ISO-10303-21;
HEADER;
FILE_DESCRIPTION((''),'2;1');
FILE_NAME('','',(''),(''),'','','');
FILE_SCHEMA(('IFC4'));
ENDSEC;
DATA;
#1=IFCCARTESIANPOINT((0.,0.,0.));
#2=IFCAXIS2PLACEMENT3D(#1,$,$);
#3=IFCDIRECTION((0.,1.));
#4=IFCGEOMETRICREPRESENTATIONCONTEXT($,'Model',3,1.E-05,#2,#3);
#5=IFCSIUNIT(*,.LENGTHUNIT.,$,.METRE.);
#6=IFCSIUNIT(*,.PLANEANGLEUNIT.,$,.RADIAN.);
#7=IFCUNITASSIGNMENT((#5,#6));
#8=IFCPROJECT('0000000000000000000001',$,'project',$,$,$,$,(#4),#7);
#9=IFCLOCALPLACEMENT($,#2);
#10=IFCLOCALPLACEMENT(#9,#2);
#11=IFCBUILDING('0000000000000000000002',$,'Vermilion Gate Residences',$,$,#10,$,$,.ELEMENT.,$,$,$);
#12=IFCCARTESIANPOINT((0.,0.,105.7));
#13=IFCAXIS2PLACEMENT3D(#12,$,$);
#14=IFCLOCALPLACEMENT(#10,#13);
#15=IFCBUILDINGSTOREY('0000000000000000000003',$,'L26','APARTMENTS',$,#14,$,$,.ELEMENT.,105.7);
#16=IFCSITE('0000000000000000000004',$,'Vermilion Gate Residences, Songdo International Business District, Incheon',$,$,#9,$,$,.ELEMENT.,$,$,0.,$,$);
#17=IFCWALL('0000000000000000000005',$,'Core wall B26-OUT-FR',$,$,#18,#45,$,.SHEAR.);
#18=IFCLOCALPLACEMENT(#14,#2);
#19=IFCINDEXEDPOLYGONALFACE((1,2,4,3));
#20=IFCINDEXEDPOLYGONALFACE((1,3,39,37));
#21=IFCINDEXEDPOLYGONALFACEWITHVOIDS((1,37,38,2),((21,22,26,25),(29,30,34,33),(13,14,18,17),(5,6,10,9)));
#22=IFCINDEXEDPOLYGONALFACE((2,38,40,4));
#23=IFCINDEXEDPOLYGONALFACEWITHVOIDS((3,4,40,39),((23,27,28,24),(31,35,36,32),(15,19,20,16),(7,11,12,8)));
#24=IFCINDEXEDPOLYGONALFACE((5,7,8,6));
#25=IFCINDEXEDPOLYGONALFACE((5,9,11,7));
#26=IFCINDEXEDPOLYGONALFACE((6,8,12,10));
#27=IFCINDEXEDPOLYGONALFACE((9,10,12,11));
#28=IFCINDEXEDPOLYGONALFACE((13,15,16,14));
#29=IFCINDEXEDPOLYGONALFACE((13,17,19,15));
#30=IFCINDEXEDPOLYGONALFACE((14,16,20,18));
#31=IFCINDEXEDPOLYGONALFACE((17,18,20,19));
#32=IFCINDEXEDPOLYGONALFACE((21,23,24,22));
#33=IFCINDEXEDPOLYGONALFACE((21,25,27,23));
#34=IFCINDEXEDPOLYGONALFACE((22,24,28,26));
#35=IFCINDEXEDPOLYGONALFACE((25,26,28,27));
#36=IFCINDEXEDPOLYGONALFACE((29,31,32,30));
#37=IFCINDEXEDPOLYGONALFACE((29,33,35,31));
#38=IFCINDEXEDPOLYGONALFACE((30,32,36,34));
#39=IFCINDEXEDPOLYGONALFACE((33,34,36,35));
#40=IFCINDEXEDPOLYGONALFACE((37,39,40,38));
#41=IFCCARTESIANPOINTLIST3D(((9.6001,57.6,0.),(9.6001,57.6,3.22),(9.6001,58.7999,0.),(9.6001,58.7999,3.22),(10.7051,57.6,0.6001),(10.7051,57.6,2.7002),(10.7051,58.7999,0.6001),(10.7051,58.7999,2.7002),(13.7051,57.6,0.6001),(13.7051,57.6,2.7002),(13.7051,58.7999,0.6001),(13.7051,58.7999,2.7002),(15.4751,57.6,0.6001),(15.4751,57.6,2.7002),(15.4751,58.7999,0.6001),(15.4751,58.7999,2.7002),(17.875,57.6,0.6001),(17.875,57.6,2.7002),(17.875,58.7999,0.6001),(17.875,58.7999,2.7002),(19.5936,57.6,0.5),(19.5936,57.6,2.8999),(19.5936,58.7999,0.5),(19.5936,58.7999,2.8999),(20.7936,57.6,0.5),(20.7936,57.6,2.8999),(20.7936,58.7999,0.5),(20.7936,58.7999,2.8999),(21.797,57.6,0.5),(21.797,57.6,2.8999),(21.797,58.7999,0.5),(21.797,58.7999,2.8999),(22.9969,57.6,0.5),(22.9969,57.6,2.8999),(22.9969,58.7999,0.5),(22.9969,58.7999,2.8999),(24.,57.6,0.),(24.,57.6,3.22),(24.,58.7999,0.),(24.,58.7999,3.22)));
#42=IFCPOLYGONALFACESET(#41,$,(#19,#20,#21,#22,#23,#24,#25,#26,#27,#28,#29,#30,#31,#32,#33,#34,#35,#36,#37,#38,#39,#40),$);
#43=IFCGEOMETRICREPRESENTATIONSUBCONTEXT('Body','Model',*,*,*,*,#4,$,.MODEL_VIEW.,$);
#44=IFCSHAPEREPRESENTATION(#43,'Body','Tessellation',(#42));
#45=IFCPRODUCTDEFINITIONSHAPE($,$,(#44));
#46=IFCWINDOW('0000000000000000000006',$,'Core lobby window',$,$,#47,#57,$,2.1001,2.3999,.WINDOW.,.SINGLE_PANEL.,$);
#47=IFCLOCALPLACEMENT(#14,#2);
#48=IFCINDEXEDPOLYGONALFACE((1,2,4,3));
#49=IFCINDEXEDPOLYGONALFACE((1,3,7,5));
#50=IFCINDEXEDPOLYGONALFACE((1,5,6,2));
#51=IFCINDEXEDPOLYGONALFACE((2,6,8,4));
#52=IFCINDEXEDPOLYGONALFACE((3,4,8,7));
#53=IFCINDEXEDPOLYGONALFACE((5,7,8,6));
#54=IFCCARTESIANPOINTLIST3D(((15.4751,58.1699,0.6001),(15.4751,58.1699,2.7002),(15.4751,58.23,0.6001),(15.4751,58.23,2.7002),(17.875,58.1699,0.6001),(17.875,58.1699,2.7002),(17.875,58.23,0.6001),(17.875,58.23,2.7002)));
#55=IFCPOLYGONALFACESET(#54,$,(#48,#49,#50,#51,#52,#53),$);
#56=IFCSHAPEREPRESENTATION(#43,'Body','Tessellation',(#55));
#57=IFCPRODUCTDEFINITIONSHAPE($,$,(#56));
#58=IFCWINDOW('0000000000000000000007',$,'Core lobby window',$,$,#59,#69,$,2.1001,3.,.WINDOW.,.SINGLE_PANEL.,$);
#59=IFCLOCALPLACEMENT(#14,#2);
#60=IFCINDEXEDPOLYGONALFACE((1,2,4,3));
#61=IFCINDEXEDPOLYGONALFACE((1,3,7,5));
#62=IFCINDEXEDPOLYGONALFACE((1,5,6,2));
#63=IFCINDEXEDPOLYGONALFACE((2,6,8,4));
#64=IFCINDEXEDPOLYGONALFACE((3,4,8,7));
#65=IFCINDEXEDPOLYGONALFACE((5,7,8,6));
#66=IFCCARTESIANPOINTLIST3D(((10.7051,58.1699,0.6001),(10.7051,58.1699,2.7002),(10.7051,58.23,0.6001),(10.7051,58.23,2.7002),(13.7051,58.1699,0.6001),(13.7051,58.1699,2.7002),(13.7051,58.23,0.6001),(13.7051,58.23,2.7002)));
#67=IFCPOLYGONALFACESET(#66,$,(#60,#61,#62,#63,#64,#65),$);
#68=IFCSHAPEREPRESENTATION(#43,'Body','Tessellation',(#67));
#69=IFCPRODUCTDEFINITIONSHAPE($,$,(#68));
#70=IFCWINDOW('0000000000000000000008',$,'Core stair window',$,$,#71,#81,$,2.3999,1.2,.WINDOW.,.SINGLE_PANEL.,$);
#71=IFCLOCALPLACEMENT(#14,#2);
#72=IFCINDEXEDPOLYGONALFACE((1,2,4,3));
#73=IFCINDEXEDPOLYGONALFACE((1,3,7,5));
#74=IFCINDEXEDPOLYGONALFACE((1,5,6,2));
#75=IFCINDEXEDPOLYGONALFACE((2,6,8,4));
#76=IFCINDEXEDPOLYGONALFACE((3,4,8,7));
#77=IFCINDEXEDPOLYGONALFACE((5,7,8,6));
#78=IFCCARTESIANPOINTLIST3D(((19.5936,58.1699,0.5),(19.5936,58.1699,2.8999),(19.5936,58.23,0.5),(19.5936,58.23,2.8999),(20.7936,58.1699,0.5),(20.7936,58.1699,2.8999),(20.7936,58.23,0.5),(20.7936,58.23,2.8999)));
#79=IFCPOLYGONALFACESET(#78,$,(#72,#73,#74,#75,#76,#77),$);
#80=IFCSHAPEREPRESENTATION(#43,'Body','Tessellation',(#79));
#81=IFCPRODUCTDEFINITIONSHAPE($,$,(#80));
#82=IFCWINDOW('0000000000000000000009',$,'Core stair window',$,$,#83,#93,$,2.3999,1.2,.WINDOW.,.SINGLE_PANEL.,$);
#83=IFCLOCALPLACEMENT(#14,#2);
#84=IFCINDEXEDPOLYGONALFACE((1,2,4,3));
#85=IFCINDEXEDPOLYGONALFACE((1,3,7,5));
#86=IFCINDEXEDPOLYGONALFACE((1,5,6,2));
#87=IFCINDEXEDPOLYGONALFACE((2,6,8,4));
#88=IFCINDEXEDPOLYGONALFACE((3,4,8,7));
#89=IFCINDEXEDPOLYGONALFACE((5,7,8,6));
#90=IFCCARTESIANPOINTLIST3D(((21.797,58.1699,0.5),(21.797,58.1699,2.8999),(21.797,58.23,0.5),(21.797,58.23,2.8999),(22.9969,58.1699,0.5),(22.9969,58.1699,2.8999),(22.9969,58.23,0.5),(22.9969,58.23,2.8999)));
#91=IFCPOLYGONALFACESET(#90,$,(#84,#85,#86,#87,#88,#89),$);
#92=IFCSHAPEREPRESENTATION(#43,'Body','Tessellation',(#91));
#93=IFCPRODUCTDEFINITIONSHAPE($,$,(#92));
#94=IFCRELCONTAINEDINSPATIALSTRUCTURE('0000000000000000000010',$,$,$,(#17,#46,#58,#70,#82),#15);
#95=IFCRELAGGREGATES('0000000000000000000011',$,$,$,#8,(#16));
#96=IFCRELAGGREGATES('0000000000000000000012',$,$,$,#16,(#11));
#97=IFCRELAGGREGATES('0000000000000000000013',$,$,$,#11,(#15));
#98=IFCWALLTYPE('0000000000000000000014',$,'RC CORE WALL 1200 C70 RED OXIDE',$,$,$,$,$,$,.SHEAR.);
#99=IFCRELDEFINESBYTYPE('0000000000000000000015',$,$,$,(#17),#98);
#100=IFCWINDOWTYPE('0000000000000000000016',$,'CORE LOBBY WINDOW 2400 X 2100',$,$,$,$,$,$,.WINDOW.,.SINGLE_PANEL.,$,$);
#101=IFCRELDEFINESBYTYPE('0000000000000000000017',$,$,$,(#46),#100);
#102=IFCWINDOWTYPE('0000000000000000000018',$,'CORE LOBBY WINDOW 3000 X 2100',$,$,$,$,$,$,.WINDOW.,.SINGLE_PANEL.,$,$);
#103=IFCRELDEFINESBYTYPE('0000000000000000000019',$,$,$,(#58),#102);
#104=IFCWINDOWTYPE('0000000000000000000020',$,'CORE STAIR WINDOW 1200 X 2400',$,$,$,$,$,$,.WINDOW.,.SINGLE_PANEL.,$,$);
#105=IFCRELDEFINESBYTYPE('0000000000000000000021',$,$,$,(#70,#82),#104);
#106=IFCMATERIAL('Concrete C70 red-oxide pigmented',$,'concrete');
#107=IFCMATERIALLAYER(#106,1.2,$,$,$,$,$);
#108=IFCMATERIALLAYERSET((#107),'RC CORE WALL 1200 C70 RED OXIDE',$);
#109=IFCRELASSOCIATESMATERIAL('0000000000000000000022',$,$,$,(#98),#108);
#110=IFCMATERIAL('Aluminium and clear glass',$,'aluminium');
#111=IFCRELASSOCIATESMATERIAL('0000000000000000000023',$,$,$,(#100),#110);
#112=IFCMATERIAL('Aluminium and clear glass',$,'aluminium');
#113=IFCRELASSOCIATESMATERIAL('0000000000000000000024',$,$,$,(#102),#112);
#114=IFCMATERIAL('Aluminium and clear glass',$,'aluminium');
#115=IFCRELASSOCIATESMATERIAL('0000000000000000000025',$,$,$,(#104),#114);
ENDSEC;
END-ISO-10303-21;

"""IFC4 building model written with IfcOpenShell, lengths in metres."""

from ifc_helpers import new_model, si_unit, direction, frame, frame_2d, origin, place, context, subcontext, project, spatial, rectangle, extrude, material, layer, layer_set, type_object, element, fill, save


model = new_model("IFC4")

# Units and contexts
model_context = context("Model", 3, precision=1e-05, world=origin(), true_north=direction((0.0, 1.0)))
body_context = subcontext(model_context, "Body", "Model", "MODEL_VIEW")
ifc_project = project(units=[si_unit("LENGTHUNIT", "METRE"), si_unit("PLANEANGLEUNIT", "RADIAN")], contexts=[model_context])

# Site, building, storey
site_placement = place(None, origin())
site = spatial("IfcSite", under=ifc_project, at=site_placement, Name="Vermilion Gate Residences, Songdo International Business District, Incheon", CompositionType="ELEMENT", RefElevation=0.0)
building_placement = place(site_placement, origin())
building = spatial("IfcBuilding", under=site, at=building_placement, Name="Vermilion Gate Residences", CompositionType="ELEMENT")
storey_placement = place(building_placement, frame((0.0, 0.0, 105.7)))
storey = spatial("IfcBuildingStorey", under=building, at=storey_placement, Name="L26", Description="APARTMENTS", CompositionType="ELEMENT", Elevation=105.7)

# Wall, openings, windows
ifc_material_1 = material(Name="Concrete C70 red-oxide pigmented", Category="concrete")
ifc_layer_1 = layer(ifc_material_1, 1.2)
ifc_layer_set_1 = layer_set([ifc_layer_1], Name="RC CORE WALL 1200 C70 RED OXIDE")
wall_type_1 = type_object("IfcWallType", Name="RC CORE WALL 1200 C70 RED OXIDE", PredefinedType="SHEAR", material=ifc_layer_set_1)
wall_1_placement = place(storey_placement, frame((9.6001, 58.2, 0.0), z_axis=(0.0, 0.0, 1.0), x_axis=(1.0, 0.0, 0.0)))
wall_1 = element("IfcWall", 1, at=wall_1_placement, inside=storey, type_object=wall_type_1, Name="Core wall B26-OUT-FR", PredefinedType="SHEAR", context=body_context, shape_type="SweptSolid", body=[
    extrude(rectangle(XDim=14.3999, YDim=1.2, at=frame_2d((7.2, 0.0))), origin(), (0.0, 0.0, 1.0), 3.22),
])
opening_1_placement = place(wall_1_placement, frame((1.105, 0.0, 0.6001)))
opening_1 = element("IfcOpeningElement", 2, at=opening_1_placement, cuts=wall_1, PredefinedType="OPENING", context=body_context, shape_type="SweptSolid", body=[
    extrude(rectangle(XDim=3.0, YDim=2.1001, at=frame_2d((1.5, 1.05))), frame((0.0, 0.6099, 0.0), z_axis=(0.0, -1.0, 0.0), x_axis=(1.0, 0.0, 0.0)), (0.0, 0.0, 1.0), 1.22),
])
opening_2_placement = place(wall_1_placement, frame((5.875, 0.0, 0.6001)))
opening_2 = element("IfcOpeningElement", 3, at=opening_2_placement, cuts=wall_1, PredefinedType="OPENING", context=body_context, shape_type="SweptSolid", body=[
    extrude(rectangle(XDim=2.3999, YDim=2.1001, at=frame_2d((1.2, 1.05))), frame((0.0, 0.6099, 0.0), z_axis=(0.0, -1.0, 0.0), x_axis=(1.0, 0.0, 0.0)), (0.0, 0.0, 1.0), 1.22),
])
opening_3_placement = place(wall_1_placement, frame((9.9934, 0.0, 0.5)))
opening_3 = element("IfcOpeningElement", 4, at=opening_3_placement, cuts=wall_1, PredefinedType="OPENING", context=body_context, shape_type="SweptSolid", body=[
    extrude(rectangle(XDim=1.2, YDim=2.3999, at=frame_2d((0.6001, 1.2))), frame((0.0, 0.6099, 0.0), z_axis=(0.0, -1.0, 0.0), x_axis=(1.0, 0.0, 0.0)), (0.0, 0.0, 1.0), 1.22),
])
opening_4_placement = place(wall_1_placement, frame((12.1968, 0.0, 0.5)))
opening_4 = element("IfcOpeningElement", 5, at=opening_4_placement, cuts=wall_1, PredefinedType="OPENING", context=body_context, shape_type="SweptSolid", body=[
    extrude(rectangle(XDim=1.2, YDim=2.3999, at=frame_2d((0.6001, 1.2))), frame((0.0, 0.6099, 0.0), z_axis=(0.0, -1.0, 0.0), x_axis=(1.0, 0.0, 0.0)), (0.0, 0.0, 1.0), 1.22),
])
ifc_material_2 = material(Name="Aluminium and clear glass", Category="aluminium")
window_type_1 = type_object("IfcWindowType", Name="CORE LOBBY WINDOW 2400 X 2100", PartitioningType="SINGLE_PANEL", PredefinedType="WINDOW", material=ifc_material_2)
window_1_placement = place(opening_2_placement, origin())
window_1 = element("IfcWindow", 6, at=window_1_placement, inside=storey, type_object=window_type_1, Name="Core lobby window", OverallHeight=2.1001, OverallWidth=2.3999, PartitioningType="SINGLE_PANEL", PredefinedType="WINDOW", context=body_context, shape_type="SweptSolid", body=[
    extrude(rectangle(XDim=2.3999, YDim=2.1001, at=frame_2d((1.2, 1.05))), frame((0.0, 0.03, 0.0), z_axis=(0.0, -1.0, 0.0), x_axis=(1.0, 0.0, 0.0)), (0.0, 0.0, 1.0), 0.0601),
])
fill(opening_2, window_1)
ifc_material_3 = material(Name="Aluminium and clear glass", Category="aluminium")
window_type_2 = type_object("IfcWindowType", Name="CORE LOBBY WINDOW 3000 X 2100", PartitioningType="SINGLE_PANEL", PredefinedType="WINDOW", material=ifc_material_3)
window_2_placement = place(opening_1_placement, origin())
window_2 = element("IfcWindow", 7, at=window_2_placement, inside=storey, type_object=window_type_2, Name="Core lobby window", OverallHeight=2.1001, OverallWidth=3.0, PartitioningType="SINGLE_PANEL", PredefinedType="WINDOW", context=body_context, shape_type="SweptSolid", body=[
    extrude(rectangle(XDim=3.0, YDim=2.1001, at=frame_2d((1.5, 1.05))), frame((0.0, 0.03, 0.0), z_axis=(0.0, -1.0, 0.0), x_axis=(1.0, 0.0, 0.0)), (0.0, 0.0, 1.0), 0.0601),
])
fill(opening_1, window_2)
ifc_material_4 = material(Name="Aluminium and clear glass", Category="aluminium")
window_type_3 = type_object("IfcWindowType", Name="CORE STAIR WINDOW 1200 X 2400", PartitioningType="SINGLE_PANEL", PredefinedType="WINDOW", material=ifc_material_4)
window_3_placement = place(opening_3_placement, origin())
window_3 = element("IfcWindow", 8, at=window_3_placement, inside=storey, type_object=window_type_3, Name="Core stair window", OverallHeight=2.3999, OverallWidth=1.2, PartitioningType="SINGLE_PANEL", PredefinedType="WINDOW", context=body_context, shape_type="SweptSolid", body=[
    extrude(rectangle(XDim=1.2, YDim=2.3999, at=frame_2d((0.6001, 1.2))), frame((0.0, 0.03, 0.0), z_axis=(0.0, -1.0, 0.0), x_axis=(1.0, 0.0, 0.0)), (0.0, 0.0, 1.0), 0.0601),
])
fill(opening_3, window_3)
window_4_placement = place(opening_4_placement, origin())
window_4 = element("IfcWindow", 9, at=window_4_placement, inside=storey, type_object=window_type_3, Name="Core stair window", OverallHeight=2.3999, OverallWidth=1.2, PartitioningType="SINGLE_PANEL", PredefinedType="WINDOW", context=body_context, shape_type="SweptSolid", body=[
    extrude(rectangle(XDim=1.2, YDim=2.3999, at=frame_2d((0.6001, 1.2))), frame((0.0, 0.03, 0.0), z_axis=(0.0, -1.0, 0.0), x_axis=(1.0, 0.0, 0.0)), (0.0, 0.0, 1.0), 0.0601),
])
fill(opening_4, window_4)

save(model, "model.ifc")
